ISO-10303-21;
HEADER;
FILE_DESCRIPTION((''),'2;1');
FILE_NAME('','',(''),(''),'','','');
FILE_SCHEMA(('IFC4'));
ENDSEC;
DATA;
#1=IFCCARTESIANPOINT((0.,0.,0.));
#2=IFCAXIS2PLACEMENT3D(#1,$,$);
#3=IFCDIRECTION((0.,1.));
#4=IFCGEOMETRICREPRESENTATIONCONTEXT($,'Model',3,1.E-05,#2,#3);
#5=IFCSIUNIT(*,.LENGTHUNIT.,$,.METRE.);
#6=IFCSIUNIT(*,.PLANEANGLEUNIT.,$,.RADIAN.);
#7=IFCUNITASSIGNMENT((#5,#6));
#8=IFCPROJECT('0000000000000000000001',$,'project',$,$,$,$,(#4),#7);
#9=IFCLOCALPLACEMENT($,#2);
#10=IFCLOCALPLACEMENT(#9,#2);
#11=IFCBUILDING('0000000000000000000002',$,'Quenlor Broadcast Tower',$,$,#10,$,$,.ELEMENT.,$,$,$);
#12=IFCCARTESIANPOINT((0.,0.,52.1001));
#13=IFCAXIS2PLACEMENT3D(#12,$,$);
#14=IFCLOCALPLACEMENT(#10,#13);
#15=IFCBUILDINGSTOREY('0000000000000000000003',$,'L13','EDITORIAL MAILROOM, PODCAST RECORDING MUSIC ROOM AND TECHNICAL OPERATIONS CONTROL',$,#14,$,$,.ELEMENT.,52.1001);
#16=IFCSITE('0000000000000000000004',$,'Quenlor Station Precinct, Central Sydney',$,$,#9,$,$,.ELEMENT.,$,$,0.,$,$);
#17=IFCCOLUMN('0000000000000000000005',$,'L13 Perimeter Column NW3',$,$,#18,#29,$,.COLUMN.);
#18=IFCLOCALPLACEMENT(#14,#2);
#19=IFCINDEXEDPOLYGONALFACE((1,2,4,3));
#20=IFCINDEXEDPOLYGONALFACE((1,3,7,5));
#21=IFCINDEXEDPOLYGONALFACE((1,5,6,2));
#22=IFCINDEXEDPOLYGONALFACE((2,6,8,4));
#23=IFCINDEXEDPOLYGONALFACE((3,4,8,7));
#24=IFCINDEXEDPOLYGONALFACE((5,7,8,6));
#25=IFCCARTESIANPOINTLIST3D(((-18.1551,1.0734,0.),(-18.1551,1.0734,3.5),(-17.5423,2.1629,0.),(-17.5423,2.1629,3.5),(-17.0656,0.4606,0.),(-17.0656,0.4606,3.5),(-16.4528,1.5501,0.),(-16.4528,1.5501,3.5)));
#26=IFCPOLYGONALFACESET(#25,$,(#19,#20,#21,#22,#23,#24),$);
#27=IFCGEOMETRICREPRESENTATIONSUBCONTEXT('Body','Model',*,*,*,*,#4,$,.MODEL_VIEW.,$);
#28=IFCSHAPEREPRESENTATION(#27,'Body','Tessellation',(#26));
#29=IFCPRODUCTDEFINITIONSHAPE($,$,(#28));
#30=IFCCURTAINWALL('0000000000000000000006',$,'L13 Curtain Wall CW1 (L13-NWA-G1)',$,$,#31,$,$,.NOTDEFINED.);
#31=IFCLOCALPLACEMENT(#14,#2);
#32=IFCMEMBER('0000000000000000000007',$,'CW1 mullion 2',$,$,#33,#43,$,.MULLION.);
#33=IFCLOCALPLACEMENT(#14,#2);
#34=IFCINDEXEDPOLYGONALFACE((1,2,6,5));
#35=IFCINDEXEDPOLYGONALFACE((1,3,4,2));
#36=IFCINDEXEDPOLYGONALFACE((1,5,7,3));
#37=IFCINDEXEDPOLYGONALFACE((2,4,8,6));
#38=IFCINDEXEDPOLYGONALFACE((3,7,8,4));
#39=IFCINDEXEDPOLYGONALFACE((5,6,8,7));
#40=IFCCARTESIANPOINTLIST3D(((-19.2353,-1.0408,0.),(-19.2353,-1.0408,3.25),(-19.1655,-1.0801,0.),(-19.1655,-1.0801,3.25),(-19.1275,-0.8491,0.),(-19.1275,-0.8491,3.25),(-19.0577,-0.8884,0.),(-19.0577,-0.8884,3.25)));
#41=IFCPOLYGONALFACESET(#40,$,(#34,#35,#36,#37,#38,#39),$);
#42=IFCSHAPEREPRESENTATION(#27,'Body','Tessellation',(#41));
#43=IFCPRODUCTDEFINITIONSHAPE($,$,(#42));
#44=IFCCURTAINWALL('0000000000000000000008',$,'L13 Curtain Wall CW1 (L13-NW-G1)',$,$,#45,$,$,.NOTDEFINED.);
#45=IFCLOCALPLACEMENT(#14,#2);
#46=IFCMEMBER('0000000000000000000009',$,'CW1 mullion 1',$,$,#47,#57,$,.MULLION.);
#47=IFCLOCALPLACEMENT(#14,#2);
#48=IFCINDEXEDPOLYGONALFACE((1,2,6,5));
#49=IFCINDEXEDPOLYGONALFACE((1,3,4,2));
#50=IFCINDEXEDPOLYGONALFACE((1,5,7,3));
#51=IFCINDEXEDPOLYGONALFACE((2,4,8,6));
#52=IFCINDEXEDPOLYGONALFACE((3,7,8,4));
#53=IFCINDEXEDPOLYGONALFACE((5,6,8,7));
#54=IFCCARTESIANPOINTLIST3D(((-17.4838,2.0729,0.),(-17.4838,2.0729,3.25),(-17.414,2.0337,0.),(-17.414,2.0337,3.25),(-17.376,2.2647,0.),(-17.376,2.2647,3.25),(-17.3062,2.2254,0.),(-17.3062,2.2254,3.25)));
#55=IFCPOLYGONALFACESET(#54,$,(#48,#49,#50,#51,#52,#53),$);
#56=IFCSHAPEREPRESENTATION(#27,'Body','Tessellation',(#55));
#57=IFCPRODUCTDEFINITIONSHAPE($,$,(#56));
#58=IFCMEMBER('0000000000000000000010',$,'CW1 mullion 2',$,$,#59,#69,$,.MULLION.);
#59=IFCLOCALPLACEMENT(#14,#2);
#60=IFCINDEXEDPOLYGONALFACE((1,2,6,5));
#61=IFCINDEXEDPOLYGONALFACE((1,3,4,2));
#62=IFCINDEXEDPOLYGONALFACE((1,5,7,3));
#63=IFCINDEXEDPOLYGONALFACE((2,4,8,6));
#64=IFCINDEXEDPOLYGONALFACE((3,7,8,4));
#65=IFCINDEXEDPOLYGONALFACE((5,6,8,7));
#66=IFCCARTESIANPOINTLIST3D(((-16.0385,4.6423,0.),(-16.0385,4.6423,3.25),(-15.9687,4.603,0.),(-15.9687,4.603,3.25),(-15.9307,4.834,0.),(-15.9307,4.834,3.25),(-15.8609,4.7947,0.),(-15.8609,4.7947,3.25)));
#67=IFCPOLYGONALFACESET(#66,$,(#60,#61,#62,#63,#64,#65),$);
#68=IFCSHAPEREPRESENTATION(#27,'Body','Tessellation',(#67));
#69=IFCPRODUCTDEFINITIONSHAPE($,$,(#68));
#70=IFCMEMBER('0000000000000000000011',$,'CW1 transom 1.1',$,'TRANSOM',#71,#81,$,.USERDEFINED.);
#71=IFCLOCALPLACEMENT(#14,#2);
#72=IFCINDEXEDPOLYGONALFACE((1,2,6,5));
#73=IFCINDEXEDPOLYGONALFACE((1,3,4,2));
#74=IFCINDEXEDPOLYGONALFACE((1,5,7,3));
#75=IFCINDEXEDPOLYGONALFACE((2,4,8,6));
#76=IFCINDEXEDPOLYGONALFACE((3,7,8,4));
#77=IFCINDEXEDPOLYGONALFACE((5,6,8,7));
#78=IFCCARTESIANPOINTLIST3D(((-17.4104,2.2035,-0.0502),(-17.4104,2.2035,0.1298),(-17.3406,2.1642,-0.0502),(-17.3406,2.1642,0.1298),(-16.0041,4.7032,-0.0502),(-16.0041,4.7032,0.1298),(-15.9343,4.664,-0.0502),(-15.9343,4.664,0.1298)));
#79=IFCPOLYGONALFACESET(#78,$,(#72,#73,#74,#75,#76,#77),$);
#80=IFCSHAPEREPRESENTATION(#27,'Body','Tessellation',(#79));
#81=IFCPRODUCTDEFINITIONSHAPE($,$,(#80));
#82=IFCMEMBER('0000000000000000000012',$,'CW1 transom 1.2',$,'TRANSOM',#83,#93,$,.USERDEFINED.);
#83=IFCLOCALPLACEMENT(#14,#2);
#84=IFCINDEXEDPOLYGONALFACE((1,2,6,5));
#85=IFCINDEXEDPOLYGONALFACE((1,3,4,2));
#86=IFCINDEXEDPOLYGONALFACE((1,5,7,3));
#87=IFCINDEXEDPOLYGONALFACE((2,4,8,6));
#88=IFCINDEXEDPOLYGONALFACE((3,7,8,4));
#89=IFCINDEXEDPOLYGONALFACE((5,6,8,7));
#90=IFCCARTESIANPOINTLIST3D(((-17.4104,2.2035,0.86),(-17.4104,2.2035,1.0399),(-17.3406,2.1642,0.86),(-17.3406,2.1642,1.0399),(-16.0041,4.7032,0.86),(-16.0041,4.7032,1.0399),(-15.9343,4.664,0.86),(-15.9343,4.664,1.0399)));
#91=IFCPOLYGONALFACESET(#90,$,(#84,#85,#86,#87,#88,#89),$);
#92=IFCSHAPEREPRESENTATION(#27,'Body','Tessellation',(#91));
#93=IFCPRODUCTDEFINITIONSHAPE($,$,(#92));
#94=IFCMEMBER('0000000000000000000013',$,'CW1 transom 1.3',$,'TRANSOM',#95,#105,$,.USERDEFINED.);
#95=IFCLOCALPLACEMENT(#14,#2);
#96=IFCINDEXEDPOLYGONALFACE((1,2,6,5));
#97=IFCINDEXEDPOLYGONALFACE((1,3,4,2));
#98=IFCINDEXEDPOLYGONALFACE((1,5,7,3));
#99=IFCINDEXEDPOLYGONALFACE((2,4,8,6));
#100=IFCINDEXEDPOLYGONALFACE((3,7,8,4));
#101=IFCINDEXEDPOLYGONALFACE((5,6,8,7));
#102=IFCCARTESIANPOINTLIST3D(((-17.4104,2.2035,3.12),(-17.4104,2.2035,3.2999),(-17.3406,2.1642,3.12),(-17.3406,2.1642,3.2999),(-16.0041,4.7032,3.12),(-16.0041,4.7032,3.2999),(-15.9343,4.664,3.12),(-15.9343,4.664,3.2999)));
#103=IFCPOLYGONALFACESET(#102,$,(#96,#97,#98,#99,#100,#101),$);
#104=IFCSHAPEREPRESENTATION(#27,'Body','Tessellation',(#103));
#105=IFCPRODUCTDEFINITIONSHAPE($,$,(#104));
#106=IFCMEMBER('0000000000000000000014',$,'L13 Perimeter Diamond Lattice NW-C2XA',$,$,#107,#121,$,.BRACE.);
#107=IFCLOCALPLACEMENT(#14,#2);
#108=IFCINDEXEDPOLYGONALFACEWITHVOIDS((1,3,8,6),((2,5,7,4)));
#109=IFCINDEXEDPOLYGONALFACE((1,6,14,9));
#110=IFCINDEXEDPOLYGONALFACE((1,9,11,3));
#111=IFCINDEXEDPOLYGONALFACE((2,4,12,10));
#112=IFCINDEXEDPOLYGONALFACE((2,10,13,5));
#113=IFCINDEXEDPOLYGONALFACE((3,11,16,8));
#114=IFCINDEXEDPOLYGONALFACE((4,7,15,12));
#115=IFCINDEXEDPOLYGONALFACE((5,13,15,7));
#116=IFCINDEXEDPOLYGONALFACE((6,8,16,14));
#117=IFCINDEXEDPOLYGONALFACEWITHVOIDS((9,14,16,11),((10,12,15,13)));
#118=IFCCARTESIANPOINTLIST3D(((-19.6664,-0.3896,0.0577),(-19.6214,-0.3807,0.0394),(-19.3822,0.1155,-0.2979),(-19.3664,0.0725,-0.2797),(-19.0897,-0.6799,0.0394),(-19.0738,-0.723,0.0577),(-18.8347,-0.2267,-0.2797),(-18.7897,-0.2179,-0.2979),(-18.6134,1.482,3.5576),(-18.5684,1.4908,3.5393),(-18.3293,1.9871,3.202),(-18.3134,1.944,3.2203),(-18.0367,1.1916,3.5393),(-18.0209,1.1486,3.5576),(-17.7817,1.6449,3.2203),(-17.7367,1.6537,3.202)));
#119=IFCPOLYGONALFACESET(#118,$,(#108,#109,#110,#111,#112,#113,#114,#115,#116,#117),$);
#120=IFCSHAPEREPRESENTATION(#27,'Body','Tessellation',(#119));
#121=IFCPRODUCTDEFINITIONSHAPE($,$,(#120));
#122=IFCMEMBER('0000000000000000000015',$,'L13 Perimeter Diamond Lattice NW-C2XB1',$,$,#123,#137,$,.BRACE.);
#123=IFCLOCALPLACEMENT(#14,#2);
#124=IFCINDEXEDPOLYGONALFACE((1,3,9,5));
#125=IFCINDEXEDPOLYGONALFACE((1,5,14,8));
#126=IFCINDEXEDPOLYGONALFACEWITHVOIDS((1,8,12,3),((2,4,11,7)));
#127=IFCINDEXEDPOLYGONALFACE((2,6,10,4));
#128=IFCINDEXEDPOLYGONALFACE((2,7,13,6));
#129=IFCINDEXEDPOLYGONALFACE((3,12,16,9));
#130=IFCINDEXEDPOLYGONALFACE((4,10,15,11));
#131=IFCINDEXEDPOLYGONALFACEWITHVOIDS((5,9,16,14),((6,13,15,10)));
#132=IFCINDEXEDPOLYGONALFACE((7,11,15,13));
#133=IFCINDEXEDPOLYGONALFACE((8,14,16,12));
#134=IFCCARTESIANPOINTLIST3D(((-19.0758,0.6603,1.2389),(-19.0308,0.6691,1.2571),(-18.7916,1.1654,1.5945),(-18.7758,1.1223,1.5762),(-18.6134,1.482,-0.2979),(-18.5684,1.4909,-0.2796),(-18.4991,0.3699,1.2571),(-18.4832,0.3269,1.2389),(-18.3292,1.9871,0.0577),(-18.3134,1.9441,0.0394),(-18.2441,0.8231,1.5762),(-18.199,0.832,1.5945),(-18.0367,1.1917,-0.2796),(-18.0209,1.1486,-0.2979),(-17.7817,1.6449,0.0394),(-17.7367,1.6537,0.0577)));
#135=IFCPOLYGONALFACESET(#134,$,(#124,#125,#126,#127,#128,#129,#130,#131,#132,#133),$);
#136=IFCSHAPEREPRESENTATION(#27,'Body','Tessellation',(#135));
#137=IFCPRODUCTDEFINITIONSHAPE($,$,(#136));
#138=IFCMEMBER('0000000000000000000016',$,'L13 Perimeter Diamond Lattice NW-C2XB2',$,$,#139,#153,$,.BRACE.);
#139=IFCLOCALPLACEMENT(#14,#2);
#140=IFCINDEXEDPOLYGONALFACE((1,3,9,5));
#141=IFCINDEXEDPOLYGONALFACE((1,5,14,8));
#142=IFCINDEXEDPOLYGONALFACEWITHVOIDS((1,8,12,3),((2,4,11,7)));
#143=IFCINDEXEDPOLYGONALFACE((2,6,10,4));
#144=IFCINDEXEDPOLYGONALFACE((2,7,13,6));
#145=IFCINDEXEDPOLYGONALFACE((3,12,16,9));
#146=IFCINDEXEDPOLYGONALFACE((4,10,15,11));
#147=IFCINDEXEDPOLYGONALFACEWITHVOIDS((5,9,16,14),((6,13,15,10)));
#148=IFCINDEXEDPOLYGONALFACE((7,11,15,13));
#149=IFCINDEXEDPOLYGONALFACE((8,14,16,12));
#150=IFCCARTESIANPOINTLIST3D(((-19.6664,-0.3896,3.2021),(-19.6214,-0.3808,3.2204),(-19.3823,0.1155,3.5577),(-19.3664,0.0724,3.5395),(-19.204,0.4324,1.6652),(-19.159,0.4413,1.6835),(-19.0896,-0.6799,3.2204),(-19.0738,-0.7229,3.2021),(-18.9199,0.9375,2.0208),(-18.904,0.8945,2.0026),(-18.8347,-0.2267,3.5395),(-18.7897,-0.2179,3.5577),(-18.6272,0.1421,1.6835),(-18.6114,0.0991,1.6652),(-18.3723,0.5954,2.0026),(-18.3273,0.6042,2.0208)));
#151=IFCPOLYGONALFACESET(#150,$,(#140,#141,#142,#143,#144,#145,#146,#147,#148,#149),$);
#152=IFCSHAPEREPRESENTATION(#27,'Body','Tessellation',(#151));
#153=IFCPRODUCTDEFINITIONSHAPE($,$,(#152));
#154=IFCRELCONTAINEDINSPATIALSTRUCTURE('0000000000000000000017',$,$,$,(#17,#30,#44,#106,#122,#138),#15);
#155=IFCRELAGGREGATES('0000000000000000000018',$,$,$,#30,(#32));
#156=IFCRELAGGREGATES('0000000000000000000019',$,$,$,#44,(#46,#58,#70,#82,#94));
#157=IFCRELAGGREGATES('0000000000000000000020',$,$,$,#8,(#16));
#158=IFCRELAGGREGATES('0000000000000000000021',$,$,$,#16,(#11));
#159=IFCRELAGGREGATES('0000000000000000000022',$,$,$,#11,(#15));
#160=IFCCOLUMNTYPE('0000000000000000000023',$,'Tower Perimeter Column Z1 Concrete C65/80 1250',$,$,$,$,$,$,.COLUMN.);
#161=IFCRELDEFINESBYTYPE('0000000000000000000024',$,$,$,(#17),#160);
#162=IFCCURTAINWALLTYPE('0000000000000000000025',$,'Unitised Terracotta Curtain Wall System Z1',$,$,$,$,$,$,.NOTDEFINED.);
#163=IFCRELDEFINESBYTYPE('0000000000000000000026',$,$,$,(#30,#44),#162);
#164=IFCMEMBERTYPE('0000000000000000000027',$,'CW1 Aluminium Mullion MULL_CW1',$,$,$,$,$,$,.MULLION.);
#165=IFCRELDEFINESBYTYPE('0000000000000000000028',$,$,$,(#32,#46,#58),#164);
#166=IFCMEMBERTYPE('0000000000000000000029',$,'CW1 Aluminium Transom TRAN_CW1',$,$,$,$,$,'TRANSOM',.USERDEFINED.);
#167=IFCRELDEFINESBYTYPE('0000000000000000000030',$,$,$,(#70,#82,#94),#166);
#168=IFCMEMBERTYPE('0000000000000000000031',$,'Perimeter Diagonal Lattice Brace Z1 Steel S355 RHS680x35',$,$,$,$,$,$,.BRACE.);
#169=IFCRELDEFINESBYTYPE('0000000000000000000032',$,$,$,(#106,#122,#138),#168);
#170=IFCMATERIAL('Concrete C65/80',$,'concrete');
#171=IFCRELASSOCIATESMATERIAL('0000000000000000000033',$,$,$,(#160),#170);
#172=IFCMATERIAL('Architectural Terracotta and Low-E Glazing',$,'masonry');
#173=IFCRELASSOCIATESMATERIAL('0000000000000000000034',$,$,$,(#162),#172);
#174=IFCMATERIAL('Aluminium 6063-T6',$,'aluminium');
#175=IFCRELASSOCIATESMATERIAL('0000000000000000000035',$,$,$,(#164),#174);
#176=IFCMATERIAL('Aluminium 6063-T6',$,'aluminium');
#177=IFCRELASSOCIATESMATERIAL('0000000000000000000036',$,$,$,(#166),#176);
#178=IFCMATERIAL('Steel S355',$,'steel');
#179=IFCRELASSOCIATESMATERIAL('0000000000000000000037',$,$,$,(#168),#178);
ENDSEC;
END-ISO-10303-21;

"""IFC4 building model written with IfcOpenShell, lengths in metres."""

from ifc_helpers import new_model, si_unit, direction, frame, origin, origin_2d, place, context, subcontext, project, spatial, rectangle, hollow_rectangle, extrude, material, material_profile, profile_set, type_object, element, aggregate, save


model = new_model("IFC4")

# Units and contexts
model_context = context("Model", 3, precision=1e-05, world=origin(), true_north=direction((0.0, 1.0)))
body_context = subcontext(model_context, "Body", "Model", "MODEL_VIEW")
ifc_project = project(units=[si_unit("LENGTHUNIT", "METRE"), si_unit("PLANEANGLEUNIT", "RADIAN")], contexts=[model_context])

# Site, building, storey
site_placement = place(None, origin())
site = spatial("IfcSite", under=ifc_project, at=site_placement, Name="Quenlor Station Precinct, Central Sydney", CompositionType="ELEMENT", RefElevation=0.0)
building_placement = place(site_placement, origin())
building = spatial("IfcBuilding", under=site, at=building_placement, Name="Quenlor Broadcast Tower", CompositionType="ELEMENT")
storey_placement = place(building_placement, frame((0.0, 0.0, 52.1001)))
storey = spatial("IfcBuildingStorey", under=building, at=storey_placement, Name="L13", Description="EDITORIAL MAILROOM, PODCAST RECORDING MUSIC ROOM AND TECHNICAL OPERATIONS CONTROL", CompositionType="ELEMENT", Elevation=52.1001)

# Column
ifc_material_1 = material(Name="Concrete C65/80", Category="concrete")
ifc_material_profile_1 = material_profile(ifc_material_1, rectangle(XDim=1.25, YDim=1.25, at=origin_2d()))
ifc_profile_set_1 = profile_set([ifc_material_profile_1], Name="Concrete C65/80 RC1250x1250")
column_type = type_object("IfcColumnType", Name="Tower Perimeter Column Z1 Concrete C65/80 1250", PredefinedType="COLUMN", material=ifc_profile_set_1)
column_placement = place(storey_placement, frame((-17.304, 1.3118, 0.0), z_axis=(0.0, 0.0, 1.0), x_axis=(-0.871575, 0.490262, 0.0)))
element("IfcColumn", 1, at=column_placement, inside=storey, type_object=column_type, Name="L13 Perimeter Column NW3", PredefinedType="COLUMN", context=body_context, shape_type="SweptSolid", body=[
    extrude(rectangle(XDim=1.25, YDim=1.25, at=origin_2d()), origin(), (0.0, 0.0, 1.0), 3.5),
])

# Curtain wall, member
ifc_material_2 = material(Name="Architectural Terracotta and Low-E Glazing", Category="masonry")
curtain_wall_type = type_object("IfcCurtainWallType", Name="Unitised Terracotta Curtain Wall System Z1", PredefinedType="NOTDEFINED", material=ifc_material_2)
curtain_wall_1_placement = place(storey_placement, origin())
curtain_wall_1 = element("IfcCurtainWall", 2, at=curtain_wall_1_placement, inside=storey, type_object=curtain_wall_type, Name="L13 Curtain Wall CW1 (L13-NWA-G1)", PredefinedType="NOTDEFINED")
ifc_material_3 = material(Name="Aluminium 6063-T6", Category="aluminium")
ifc_material_profile_2 = material_profile(ifc_material_3, rectangle(XDim=0.0801, YDim=0.22, at=origin_2d()))
ifc_profile_set_2 = profile_set([ifc_material_profile_2], Name="Aluminium 6063-T6 MULL80x220")
member_type_1 = type_object("IfcMemberType", Name="CW1 Aluminium Mullion MULL_CW1", PredefinedType="MULLION", material=ifc_profile_set_2)
member_1_placement = place(storey_placement, frame((-19.1465, -0.9646, 0.0), z_axis=(0.0, 0.0, 1.0), x_axis=(-0.871578, 0.490257, 0.0)))
member_1 = element("IfcMember", 3, at=member_1_placement, type_object=member_type_1, Name="CW1 mullion 2", PredefinedType="MULLION", context=body_context, shape_type="SweptSolid", body=[
    extrude(rectangle(XDim=0.0801, YDim=0.22, at=origin_2d()), origin(), (0.0, 0.0, 1.0), 3.25),
])

# Curtain wall, members
curtain_wall_2_placement = place(storey_placement, origin())
curtain_wall_2 = element("IfcCurtainWall", 4, at=curtain_wall_2_placement, inside=storey, type_object=curtain_wall_type, Name="L13 Curtain Wall CW1 (L13-NW-G1)", PredefinedType="NOTDEFINED")
member_2_placement = place(storey_placement, frame((-17.395, 2.1492, 0.0), z_axis=(0.0, 0.0, 1.0), x_axis=(-0.871568, 0.490274, 0.0)))
member_2 = element("IfcMember", 5, at=member_2_placement, type_object=member_type_1, Name="CW1 mullion 1", PredefinedType="MULLION", context=body_context, shape_type="SweptSolid", body=[
    extrude(rectangle(XDim=0.0801, YDim=0.22, at=origin_2d()), origin(), (0.0, 0.0, 1.0), 3.25),
])
member_3_placement = place(storey_placement, frame((-15.9497, 4.7185, 0.0), z_axis=(0.0, 0.0, 1.0), x_axis=(-0.871568, 0.490274, 0.0)))
member_3 = element("IfcMember", 6, at=member_3_placement, type_object=member_type_1, Name="CW1 mullion 2", PredefinedType="MULLION", context=body_context, shape_type="SweptSolid", body=[
    extrude(rectangle(XDim=0.0801, YDim=0.22, at=origin_2d()), origin(), (0.0, 0.0, 1.0), 3.25),
])
ifc_material_4 = material(Name="Aluminium 6063-T6", Category="aluminium")
ifc_material_profile_3 = material_profile(ifc_material_4, rectangle(XDim=0.0801, YDim=0.1799, at=origin_2d()))
ifc_profile_set_3 = profile_set([ifc_material_profile_3], Name="Aluminium 6063-T6 TRAN80x180")
member_type_2 = type_object("IfcMemberType", Name="CW1 Aluminium Transom TRAN_CW1", ElementType="TRANSOM", PredefinedType="USERDEFINED", material=ifc_profile_set_3)
member_4_placement = place(storey_placement, frame((-17.3755, 2.1838, 0.0398), z_axis=(0.490298, 0.871555, 0.0), x_axis=(-0.871555, 0.490298, 0.0)))
member_4 = element("IfcMember", 7, at=member_4_placement, type_object=member_type_2, Name="CW1 transom 1.1", ObjectType="TRANSOM", PredefinedType="USERDEFINED", context=body_context, shape_type="SweptSolid", body=[
    extrude(rectangle(XDim=0.0801, YDim=0.1799, at=origin_2d()), origin(), (0.0, 0.0, 1.0), 2.8682),
])
member_5_placement = place(storey_placement, frame((-17.3755, 2.1838, 0.95), z_axis=(0.490298, 0.871555, 0.0), x_axis=(-0.871555, 0.490298, 0.0)))
member_5 = element("IfcMember", 8, at=member_5_placement, type_object=member_type_2, Name="CW1 transom 1.2", ObjectType="TRANSOM", PredefinedType="USERDEFINED", context=body_context, shape_type="SweptSolid", body=[
    extrude(rectangle(XDim=0.0801, YDim=0.1799, at=origin_2d()), origin(), (0.0, 0.0, 1.0), 2.8682),
])
member_6_placement = place(storey_placement, frame((-17.3755, 2.1838, 3.21), z_axis=(0.490298, 0.871555, 0.0), x_axis=(-0.871555, 0.490298, 0.0)))
member_6 = element("IfcMember", 9, at=member_6_placement, type_object=member_type_2, Name="CW1 transom 1.3", ObjectType="TRANSOM", PredefinedType="USERDEFINED", context=body_context, shape_type="SweptSolid", body=[
    extrude(rectangle(XDim=0.0801, YDim=0.1799, at=origin_2d()), origin(), (0.0, 0.0, 1.0), 2.8682),
])

# Members
ifc_material_5 = material(Name="Steel S355", Category="steel")
ifc_material_profile_4 = material_profile(ifc_material_5, hollow_rectangle(XDim=0.6799, YDim=0.6799, WallThickness=0.0349, at=origin_2d()))
ifc_profile_set_4 = profile_set([ifc_material_profile_4], Name="Steel S355 RHS680x680x35")
member_type_3 = type_object("IfcMemberType", Name="Perimeter Diagonal Lattice Brace Z1 Steel S355 RHS680x35", PredefinedType="BRACE", material=ifc_profile_set_4)
member_7_placement = place(storey_placement, frame((-19.228, -0.3037, -0.1201), z_axis=(0.256431, 0.455785, 0.852352), x_axis=(-0.871533, 0.490337, 0.0)))
element("IfcMember", 10, at=member_7_placement, inside=storey, type_object=member_type_3, Name="L13 Perimeter Diamond Lattice NW-C2XA", PredefinedType="BRACE", context=body_context, shape_type="SweptSolid", body=[
    extrude(hollow_rectangle(XDim=0.6799, YDim=0.6799, WallThickness=0.0349, at=origin_2d()), origin(), (0.0, 0.0, 1.0), 4.1062),
])
member_8_placement = place(storey_placement, frame((-18.175, 1.5679, -0.1201), z_axis=(-0.256452, -0.455764, 0.852357), x_axis=(0.871506, -0.490384, 0.0)))
element("IfcMember", 11, at=member_8_placement, inside=storey, type_object=member_type_3, Name="L13 Perimeter Diamond Lattice NW-C2XB1", PredefinedType="BRACE", context=body_context, shape_type="SweptSolid", body=[
    extrude(hollow_rectangle(XDim=0.6799, YDim=0.6799, WallThickness=0.0349, at=origin_2d()), origin(), (0.0, 0.0, 1.0), 1.803),
])
member_9_placement = place(storey_placement, frame((-18.7656, 0.5183, 1.843), z_axis=(-0.256436, -0.455871, 0.852304), x_axis=(0.871569, -0.490274, 0.0)))
element("IfcMember", 12, at=member_9_placement, inside=storey, type_object=member_type_3, Name="L13 Perimeter Diamond Lattice NW-C2XB2", PredefinedType="BRACE", context=body_context, shape_type="SweptSolid", body=[
    extrude(hollow_rectangle(XDim=0.6799, YDim=0.6799, WallThickness=0.0349, at=origin_2d()), origin(), (0.0, 0.0, 1.0), 1.8032),
])

aggregate(curtain_wall_1, [member_1])
aggregate(curtain_wall_2, [member_2, member_3, member_4, member_5, member_6])

save(model, "model.ifc")
